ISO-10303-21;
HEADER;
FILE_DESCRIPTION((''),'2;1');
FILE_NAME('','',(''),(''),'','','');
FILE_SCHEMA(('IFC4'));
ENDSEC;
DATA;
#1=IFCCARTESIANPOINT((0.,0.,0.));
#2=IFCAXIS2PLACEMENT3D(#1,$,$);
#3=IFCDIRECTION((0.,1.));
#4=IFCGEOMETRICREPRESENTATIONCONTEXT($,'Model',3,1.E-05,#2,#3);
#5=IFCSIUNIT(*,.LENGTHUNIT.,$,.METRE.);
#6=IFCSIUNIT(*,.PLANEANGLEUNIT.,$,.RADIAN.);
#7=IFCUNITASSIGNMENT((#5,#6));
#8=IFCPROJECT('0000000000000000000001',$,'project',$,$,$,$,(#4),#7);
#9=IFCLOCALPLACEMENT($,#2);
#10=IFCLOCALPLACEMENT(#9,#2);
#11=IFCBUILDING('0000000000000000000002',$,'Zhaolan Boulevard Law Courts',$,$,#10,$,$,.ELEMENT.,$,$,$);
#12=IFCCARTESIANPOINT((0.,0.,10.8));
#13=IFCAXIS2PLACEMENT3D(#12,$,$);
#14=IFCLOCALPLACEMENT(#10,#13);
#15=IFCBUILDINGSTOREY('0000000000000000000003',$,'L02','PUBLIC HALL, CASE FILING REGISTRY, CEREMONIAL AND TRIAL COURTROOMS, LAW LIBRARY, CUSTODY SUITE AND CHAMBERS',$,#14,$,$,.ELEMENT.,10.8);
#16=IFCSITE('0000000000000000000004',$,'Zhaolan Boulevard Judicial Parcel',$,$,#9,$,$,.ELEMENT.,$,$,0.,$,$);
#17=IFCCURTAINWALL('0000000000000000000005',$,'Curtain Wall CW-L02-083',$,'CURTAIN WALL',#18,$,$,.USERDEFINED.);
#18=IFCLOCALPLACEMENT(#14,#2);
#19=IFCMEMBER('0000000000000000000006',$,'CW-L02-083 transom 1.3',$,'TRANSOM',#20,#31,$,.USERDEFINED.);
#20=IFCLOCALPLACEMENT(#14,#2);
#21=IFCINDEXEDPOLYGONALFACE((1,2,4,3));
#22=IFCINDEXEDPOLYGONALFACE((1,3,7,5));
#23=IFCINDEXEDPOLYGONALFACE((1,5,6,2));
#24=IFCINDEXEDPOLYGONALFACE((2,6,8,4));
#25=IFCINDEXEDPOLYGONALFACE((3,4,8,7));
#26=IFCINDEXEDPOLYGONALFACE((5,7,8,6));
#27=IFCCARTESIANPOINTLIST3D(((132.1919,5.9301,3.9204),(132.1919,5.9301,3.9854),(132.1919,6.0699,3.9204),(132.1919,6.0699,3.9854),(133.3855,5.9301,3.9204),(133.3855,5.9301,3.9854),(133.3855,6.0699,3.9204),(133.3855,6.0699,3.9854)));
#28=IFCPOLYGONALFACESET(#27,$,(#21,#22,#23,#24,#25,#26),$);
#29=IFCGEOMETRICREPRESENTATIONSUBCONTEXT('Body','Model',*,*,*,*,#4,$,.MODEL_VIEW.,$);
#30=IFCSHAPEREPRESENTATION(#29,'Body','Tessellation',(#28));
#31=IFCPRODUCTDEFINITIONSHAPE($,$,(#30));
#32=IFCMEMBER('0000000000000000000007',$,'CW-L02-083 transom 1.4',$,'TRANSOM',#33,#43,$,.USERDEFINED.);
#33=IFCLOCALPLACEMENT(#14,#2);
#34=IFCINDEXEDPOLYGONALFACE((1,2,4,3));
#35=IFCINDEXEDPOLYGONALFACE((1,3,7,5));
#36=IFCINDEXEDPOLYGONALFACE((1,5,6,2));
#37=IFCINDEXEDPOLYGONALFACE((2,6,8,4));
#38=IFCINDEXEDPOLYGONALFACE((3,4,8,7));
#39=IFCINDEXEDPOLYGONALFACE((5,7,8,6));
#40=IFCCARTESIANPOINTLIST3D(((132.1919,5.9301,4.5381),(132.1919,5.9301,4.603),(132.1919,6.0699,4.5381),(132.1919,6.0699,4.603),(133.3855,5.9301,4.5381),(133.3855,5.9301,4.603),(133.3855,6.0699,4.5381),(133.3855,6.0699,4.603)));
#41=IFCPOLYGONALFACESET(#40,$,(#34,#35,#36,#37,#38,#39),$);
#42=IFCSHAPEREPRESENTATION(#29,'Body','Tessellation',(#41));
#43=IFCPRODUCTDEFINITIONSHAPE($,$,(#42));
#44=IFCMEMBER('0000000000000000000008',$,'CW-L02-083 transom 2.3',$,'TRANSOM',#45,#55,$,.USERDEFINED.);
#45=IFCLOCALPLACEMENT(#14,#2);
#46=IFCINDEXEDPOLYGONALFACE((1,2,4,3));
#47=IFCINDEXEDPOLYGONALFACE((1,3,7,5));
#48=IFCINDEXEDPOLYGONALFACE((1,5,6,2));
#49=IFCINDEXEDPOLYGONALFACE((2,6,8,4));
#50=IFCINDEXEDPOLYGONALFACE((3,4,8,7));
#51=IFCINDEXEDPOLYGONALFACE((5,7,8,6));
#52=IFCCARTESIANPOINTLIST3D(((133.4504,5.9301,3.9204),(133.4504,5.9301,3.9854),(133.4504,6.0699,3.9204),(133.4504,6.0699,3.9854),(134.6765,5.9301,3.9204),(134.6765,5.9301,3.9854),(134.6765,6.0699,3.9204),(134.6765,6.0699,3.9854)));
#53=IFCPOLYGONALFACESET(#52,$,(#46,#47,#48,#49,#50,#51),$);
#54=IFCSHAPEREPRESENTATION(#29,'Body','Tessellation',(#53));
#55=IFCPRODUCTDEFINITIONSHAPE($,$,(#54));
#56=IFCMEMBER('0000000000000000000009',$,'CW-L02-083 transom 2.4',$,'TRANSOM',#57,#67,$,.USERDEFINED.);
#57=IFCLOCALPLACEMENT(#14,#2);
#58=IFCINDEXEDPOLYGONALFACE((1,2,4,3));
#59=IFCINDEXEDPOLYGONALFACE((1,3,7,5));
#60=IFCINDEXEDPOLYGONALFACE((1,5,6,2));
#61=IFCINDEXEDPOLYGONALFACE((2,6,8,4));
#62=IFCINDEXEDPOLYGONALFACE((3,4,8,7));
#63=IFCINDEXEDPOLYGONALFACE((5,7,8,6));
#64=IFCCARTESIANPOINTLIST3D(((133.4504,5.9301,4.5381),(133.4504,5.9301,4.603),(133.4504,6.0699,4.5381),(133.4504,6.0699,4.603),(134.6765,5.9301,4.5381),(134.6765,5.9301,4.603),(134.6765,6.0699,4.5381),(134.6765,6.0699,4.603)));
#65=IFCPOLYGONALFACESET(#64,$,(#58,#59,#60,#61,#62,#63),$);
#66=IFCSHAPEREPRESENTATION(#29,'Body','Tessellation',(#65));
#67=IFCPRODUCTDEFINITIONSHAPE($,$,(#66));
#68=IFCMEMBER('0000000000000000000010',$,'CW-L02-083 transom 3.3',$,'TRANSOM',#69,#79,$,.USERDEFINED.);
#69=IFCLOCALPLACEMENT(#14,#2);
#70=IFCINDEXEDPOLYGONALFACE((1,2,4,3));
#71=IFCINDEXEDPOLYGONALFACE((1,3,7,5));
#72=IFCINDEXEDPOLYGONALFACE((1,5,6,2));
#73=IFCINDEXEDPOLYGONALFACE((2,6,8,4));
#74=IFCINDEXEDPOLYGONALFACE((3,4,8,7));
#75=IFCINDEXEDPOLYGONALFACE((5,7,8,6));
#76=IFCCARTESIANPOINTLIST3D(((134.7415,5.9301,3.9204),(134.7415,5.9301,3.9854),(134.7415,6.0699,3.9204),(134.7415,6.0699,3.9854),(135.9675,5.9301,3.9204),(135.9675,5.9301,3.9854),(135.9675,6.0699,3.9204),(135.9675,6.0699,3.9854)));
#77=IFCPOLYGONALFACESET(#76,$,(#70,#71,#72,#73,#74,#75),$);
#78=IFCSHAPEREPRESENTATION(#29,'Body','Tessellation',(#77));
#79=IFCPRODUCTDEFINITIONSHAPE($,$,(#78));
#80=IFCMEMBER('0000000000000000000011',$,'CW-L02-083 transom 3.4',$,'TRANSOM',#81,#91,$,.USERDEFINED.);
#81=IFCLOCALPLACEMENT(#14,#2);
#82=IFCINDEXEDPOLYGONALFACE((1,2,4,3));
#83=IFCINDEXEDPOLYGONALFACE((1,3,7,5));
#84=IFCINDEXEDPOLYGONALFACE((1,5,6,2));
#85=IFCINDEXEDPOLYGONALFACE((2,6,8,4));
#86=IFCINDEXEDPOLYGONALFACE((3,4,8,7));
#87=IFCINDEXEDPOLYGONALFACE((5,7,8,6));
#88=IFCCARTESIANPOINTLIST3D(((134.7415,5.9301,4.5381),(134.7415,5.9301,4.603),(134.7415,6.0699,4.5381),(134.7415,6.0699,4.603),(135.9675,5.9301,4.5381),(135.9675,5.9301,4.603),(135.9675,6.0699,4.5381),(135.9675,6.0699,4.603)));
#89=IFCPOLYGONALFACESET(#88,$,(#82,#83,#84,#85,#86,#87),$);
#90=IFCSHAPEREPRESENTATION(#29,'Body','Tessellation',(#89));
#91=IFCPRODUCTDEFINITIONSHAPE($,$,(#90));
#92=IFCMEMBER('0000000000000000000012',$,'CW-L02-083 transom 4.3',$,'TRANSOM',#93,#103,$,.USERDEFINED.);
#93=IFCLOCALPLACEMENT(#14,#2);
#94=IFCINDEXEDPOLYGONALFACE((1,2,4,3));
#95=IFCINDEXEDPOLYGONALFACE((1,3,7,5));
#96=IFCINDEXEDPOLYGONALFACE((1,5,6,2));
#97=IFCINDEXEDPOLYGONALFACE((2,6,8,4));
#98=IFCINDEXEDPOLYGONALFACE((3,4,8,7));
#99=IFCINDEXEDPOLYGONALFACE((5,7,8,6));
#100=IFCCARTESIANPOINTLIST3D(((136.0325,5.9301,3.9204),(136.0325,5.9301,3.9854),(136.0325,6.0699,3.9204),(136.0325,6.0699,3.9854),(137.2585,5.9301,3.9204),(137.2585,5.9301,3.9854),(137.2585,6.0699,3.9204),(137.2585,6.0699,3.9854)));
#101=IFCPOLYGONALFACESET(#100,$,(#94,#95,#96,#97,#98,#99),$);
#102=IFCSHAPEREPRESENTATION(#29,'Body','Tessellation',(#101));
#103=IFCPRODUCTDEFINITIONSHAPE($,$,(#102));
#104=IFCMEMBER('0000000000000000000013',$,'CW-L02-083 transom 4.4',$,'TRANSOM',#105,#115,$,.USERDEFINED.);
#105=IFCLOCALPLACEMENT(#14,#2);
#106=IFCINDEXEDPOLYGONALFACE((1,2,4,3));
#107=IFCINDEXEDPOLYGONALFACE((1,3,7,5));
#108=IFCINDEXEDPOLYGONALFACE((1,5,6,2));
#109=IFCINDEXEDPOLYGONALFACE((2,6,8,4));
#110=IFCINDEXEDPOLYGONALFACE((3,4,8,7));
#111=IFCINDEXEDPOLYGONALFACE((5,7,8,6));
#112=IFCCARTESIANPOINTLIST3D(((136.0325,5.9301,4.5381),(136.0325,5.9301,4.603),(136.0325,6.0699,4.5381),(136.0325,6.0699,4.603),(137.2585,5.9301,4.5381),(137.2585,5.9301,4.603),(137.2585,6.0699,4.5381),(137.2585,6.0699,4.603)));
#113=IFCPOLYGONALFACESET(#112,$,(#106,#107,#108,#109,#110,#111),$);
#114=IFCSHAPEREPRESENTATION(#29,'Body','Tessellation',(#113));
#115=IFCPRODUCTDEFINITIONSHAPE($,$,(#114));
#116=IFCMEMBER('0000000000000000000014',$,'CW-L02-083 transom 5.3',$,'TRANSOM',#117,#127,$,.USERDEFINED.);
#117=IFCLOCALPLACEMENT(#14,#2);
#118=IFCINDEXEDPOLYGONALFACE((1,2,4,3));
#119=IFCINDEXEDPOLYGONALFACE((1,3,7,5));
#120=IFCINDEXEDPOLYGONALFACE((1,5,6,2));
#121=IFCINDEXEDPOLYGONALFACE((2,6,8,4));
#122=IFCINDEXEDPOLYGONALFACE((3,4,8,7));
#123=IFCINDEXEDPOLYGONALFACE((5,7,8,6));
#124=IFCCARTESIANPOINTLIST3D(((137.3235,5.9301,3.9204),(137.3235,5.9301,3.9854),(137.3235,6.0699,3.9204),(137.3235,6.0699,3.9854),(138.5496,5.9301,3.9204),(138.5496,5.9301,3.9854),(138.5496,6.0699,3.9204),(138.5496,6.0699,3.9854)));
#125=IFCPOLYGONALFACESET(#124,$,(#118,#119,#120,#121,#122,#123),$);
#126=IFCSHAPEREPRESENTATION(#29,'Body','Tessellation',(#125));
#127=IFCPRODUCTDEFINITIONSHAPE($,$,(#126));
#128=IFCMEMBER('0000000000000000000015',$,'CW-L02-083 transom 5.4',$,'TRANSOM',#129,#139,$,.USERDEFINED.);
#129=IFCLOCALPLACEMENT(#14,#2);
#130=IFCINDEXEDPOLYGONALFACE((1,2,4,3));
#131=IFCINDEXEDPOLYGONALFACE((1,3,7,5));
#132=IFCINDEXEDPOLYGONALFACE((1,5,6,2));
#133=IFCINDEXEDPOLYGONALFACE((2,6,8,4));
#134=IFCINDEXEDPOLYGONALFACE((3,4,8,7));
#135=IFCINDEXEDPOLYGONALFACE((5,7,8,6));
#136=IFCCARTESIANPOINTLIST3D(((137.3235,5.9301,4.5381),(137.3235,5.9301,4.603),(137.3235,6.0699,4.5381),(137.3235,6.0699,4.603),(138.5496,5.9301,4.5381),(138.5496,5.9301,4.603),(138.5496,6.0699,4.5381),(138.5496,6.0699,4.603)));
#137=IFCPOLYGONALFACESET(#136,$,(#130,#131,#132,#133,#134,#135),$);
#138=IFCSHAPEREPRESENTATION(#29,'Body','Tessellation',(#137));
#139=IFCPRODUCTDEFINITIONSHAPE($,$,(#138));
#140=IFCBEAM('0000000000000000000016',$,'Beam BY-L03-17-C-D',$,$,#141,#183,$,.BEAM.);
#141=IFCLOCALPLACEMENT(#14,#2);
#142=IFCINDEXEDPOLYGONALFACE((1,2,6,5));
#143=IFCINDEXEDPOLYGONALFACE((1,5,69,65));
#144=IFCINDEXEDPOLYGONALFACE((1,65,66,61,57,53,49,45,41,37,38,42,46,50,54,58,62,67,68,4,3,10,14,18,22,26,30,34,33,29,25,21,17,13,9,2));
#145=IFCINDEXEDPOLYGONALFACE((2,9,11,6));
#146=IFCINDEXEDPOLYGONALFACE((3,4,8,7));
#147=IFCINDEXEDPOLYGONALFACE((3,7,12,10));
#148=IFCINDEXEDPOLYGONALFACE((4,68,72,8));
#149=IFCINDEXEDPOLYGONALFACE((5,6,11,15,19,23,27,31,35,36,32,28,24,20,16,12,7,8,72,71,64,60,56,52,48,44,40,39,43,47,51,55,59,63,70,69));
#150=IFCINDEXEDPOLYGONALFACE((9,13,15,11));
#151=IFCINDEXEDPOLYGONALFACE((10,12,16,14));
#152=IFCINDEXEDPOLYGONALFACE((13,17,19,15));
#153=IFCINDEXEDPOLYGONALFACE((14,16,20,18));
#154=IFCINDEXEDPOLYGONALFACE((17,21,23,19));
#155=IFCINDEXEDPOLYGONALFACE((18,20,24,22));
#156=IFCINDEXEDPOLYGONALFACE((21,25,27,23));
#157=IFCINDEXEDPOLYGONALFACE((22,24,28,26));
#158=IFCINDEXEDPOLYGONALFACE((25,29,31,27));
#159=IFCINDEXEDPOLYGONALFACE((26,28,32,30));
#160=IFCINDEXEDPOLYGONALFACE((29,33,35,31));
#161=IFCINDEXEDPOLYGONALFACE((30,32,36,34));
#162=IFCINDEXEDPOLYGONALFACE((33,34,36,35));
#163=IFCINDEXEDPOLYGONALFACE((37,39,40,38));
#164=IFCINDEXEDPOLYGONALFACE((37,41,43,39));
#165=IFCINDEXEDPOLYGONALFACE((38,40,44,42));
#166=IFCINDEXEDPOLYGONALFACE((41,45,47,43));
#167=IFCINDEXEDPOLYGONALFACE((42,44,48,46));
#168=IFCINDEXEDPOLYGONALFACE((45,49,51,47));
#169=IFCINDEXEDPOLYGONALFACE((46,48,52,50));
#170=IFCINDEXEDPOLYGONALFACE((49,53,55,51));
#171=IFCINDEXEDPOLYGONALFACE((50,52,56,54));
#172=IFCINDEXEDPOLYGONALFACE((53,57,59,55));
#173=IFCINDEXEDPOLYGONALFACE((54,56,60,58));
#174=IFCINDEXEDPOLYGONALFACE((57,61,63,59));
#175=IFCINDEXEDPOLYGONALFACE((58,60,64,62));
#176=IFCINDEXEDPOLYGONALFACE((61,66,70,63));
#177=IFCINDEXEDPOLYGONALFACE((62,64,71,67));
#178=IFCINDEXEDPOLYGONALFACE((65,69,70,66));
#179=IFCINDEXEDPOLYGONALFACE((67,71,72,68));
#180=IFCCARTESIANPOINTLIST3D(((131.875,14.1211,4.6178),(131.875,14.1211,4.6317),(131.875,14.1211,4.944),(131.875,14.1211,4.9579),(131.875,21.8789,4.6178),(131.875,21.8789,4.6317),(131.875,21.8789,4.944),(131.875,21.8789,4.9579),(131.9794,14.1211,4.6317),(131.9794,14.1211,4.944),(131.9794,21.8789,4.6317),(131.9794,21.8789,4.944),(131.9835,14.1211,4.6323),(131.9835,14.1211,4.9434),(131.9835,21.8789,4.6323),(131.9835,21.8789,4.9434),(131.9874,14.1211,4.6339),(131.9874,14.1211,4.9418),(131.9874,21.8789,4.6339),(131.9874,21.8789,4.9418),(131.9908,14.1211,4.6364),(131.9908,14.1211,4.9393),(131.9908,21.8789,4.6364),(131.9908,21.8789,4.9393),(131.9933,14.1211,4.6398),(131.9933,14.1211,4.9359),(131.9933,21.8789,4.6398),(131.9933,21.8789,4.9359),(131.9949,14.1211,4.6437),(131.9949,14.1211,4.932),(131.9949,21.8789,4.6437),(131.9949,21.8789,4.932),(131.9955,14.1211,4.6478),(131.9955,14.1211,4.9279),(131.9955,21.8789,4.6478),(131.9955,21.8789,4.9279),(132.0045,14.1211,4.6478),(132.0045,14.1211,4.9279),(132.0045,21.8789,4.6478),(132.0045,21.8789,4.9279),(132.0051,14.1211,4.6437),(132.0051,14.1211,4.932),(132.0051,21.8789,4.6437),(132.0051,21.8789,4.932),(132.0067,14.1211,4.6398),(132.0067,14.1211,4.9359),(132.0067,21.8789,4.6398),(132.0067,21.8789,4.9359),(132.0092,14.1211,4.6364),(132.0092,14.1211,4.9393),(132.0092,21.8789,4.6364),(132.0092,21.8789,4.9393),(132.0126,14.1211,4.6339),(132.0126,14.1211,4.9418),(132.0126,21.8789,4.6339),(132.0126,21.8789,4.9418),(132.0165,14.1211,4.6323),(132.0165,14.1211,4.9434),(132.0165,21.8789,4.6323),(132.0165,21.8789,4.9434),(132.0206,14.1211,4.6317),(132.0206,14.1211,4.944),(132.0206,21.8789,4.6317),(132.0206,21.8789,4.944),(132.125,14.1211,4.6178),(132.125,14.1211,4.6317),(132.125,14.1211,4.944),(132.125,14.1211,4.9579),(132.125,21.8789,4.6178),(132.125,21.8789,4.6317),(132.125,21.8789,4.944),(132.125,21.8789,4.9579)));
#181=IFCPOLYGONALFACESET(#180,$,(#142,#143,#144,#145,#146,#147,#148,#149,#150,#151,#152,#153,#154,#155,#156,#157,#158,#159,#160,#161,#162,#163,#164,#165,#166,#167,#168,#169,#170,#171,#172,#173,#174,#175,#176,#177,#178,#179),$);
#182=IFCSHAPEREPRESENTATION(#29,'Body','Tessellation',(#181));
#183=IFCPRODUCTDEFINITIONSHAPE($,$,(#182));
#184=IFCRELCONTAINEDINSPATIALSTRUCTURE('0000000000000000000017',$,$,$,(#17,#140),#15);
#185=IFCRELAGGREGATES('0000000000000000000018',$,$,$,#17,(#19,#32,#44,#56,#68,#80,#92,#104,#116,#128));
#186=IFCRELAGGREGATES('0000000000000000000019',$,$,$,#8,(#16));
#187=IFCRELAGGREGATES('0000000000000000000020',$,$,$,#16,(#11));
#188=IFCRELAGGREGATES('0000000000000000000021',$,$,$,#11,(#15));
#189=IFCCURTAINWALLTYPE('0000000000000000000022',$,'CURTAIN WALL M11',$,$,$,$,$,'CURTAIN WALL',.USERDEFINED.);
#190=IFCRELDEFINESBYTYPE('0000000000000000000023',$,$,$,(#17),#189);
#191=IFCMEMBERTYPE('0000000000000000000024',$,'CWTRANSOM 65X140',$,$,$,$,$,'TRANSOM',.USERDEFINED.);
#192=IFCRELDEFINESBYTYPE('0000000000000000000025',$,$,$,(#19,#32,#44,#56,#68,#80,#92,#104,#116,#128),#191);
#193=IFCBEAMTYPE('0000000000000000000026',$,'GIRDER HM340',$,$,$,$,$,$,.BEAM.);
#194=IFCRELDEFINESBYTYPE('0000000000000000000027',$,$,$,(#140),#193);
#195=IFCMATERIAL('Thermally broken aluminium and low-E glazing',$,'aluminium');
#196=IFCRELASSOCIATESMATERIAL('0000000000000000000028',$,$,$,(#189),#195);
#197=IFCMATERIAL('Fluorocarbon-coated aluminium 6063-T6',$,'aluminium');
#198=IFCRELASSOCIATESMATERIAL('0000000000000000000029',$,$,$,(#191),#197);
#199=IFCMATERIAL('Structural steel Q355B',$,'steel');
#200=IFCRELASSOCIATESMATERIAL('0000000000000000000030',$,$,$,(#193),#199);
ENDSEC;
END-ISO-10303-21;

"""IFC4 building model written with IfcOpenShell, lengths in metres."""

from ifc_helpers import new_model, si_unit, direction, frame, origin, origin_2d, place, context, subcontext, project, spatial, rectangle, i_section, extrude, material, material_profile, profile_set, type_object, element, aggregate, save


model = new_model("IFC4")

# Units and contexts
model_context = context("Model", 3, precision=1e-05, world=origin(), true_north=direction((0.0, 1.0)))
body_context = subcontext(model_context, "Body", "Model", "MODEL_VIEW")
ifc_project = project(units=[si_unit("LENGTHUNIT", "METRE"), si_unit("PLANEANGLEUNIT", "RADIAN")], contexts=[model_context])

# Site, building, storey
site_placement = place(None, origin())
site = spatial("IfcSite", under=ifc_project, at=site_placement, Name="Zhaolan Boulevard Judicial Parcel", CompositionType="ELEMENT", RefElevation=0.0)
building_placement = place(site_placement, origin())
building = spatial("IfcBuilding", under=site, at=building_placement, Name="Zhaolan Boulevard Law Courts", CompositionType="ELEMENT")
storey_placement = place(building_placement, frame((0.0, 0.0, 10.8)))
storey = spatial("IfcBuildingStorey", under=building, at=storey_placement, Name="L02", Description="PUBLIC HALL, CASE FILING REGISTRY, CEREMONIAL AND TRIAL COURTROOMS, LAW LIBRARY, CUSTODY SUITE AND CHAMBERS", CompositionType="ELEMENT", Elevation=10.8)

# Curtain wall, members
ifc_material_1 = material(Name="Thermally broken aluminium and low-E glazing", Category="aluminium")
curtain_wall_type = type_object("IfcCurtainWallType", Name="CURTAIN WALL M11", ElementType="CURTAIN WALL", PredefinedType="USERDEFINED", material=ifc_material_1)
curtain_wall_placement = place(storey_placement, origin())
curtain_wall = element("IfcCurtainWall", 1, at=curtain_wall_placement, inside=storey, type_object=curtain_wall_type, Name="Curtain Wall CW-L02-083", ObjectType="CURTAIN WALL", PredefinedType="USERDEFINED")
ifc_material_2 = material(Name="Fluorocarbon-coated aluminium 6063-T6", Category="aluminium")
ifc_material_profile_1 = material_profile(ifc_material_2, rectangle(XDim=0.1399, YDim=0.0649, at=origin_2d()), Name="AL65x140")
ifc_profile_set_1 = profile_set([ifc_material_profile_1], Name="Fluorocarbon-coated aluminium 6063-T6")
member_type = type_object("IfcMemberType", Name="CWTRANSOM 65X140", ElementType="TRANSOM", PredefinedType="USERDEFINED", material=ifc_profile_set_1)
member_1_placement = place(storey_placement, frame((132.1919, 6.0, 3.9529), z_axis=(1.0, 0.0, 0.0), x_axis=(0.0, 1.0, 0.0)))
member_1 = element("IfcMember", 2, at=member_1_placement, type_object=member_type, Name="CW-L02-083 transom 1.3", ObjectType="TRANSOM", PredefinedType="USERDEFINED", context=body_context, shape_type="SweptSolid", body=[
    extrude(rectangle(XDim=0.1399, YDim=0.0649, at=origin_2d()), origin(), (0.0, 0.0, 1.0), 1.1936),
])
member_2_placement = place(storey_placement, frame((132.1919, 6.0, 4.5706), z_axis=(1.0, 0.0, 0.0), x_axis=(0.0, 1.0, 0.0)))
member_2 = element("IfcMember", 3, at=member_2_placement, type_object=member_type, Name="CW-L02-083 transom 1.4", ObjectType="TRANSOM", PredefinedType="USERDEFINED", context=body_context, shape_type="SweptSolid", body=[
    extrude(rectangle(XDim=0.1399, YDim=0.0649, at=origin_2d()), origin(), (0.0, 0.0, 1.0), 1.1936),
])
member_3_placement = place(storey_placement, frame((133.4504, 6.0, 3.9529), z_axis=(1.0, 0.0, 0.0), x_axis=(0.0, 1.0, 0.0)))
member_3 = element("IfcMember", 4, at=member_3_placement, type_object=member_type, Name="CW-L02-083 transom 2.3", ObjectType="TRANSOM", PredefinedType="USERDEFINED", context=body_context, shape_type="SweptSolid", body=[
    extrude(rectangle(XDim=0.1399, YDim=0.0649, at=origin_2d()), origin(), (0.0, 0.0, 1.0), 1.2261),
])
member_4_placement = place(storey_placement, frame((133.4504, 6.0, 4.5706), z_axis=(1.0, 0.0, 0.0), x_axis=(0.0, 1.0, 0.0)))
member_4 = element("IfcMember", 5, at=member_4_placement, type_object=member_type, Name="CW-L02-083 transom 2.4", ObjectType="TRANSOM", PredefinedType="USERDEFINED", context=body_context, shape_type="SweptSolid", body=[
    extrude(rectangle(XDim=0.1399, YDim=0.0649, at=origin_2d()), origin(), (0.0, 0.0, 1.0), 1.2261),
])
member_5_placement = place(storey_placement, frame((134.7415, 6.0, 3.9529), z_axis=(1.0, 0.0, 0.0), x_axis=(0.0, 1.0, 0.0)))
member_5 = element("IfcMember", 6, at=member_5_placement, type_object=member_type, Name="CW-L02-083 transom 3.3", ObjectType="TRANSOM", PredefinedType="USERDEFINED", context=body_context, shape_type="SweptSolid", body=[
    extrude(rectangle(XDim=0.1399, YDim=0.0649, at=origin_2d()), origin(), (0.0, 0.0, 1.0), 1.2261),
])
member_6_placement = place(storey_placement, frame((134.7415, 6.0, 4.5706), z_axis=(1.0, 0.0, 0.0), x_axis=(0.0, 1.0, 0.0)))
member_6 = element("IfcMember", 7, at=member_6_placement, type_object=member_type, Name="CW-L02-083 transom 3.4", ObjectType="TRANSOM", PredefinedType="USERDEFINED", context=body_context, shape_type="SweptSolid", body=[
    extrude(rectangle(XDim=0.1399, YDim=0.0649, at=origin_2d()), origin(), (0.0, 0.0, 1.0), 1.2261),
])
member_7_placement = place(storey_placement, frame((136.0325, 6.0, 3.9529), z_axis=(1.0, 0.0, 0.0), x_axis=(0.0, 1.0, 0.0)))
member_7 = element("IfcMember", 8, at=member_7_placement, type_object=member_type, Name="CW-L02-083 transom 4.3", ObjectType="TRANSOM", PredefinedType="USERDEFINED", context=body_context, shape_type="SweptSolid", body=[
    extrude(rectangle(XDim=0.1399, YDim=0.0649, at=origin_2d()), origin(), (0.0, 0.0, 1.0), 1.2261),
])
member_8_placement = place(storey_placement, frame((136.0325, 6.0, 4.5706), z_axis=(1.0, 0.0, 0.0), x_axis=(0.0, 1.0, 0.0)))
member_8 = element("IfcMember", 9, at=member_8_placement, type_object=member_type, Name="CW-L02-083 transom 4.4", ObjectType="TRANSOM", PredefinedType="USERDEFINED", context=body_context, shape_type="SweptSolid", body=[
    extrude(rectangle(XDim=0.1399, YDim=0.0649, at=origin_2d()), origin(), (0.0, 0.0, 1.0), 1.2261),
])
member_9_placement = place(storey_placement, frame((137.3235, 6.0, 3.9529), z_axis=(1.0, 0.0, 0.0), x_axis=(0.0, 1.0, 0.0)))
member_9 = element("IfcMember", 10, at=member_9_placement, type_object=member_type, Name="CW-L02-083 transom 5.3", ObjectType="TRANSOM", PredefinedType="USERDEFINED", context=body_context, shape_type="SweptSolid", body=[
    extrude(rectangle(XDim=0.1399, YDim=0.0649, at=origin_2d()), origin(), (0.0, 0.0, 1.0), 1.2261),
])
member_10_placement = place(storey_placement, frame((137.3235, 6.0, 4.5706), z_axis=(1.0, 0.0, 0.0), x_axis=(0.0, 1.0, 0.0)))
member_10 = element("IfcMember", 11, at=member_10_placement, type_object=member_type, Name="CW-L02-083 transom 5.4", ObjectType="TRANSOM", PredefinedType="USERDEFINED", context=body_context, shape_type="SweptSolid", body=[
    extrude(rectangle(XDim=0.1399, YDim=0.0649, at=origin_2d()), origin(), (0.0, 0.0, 1.0), 1.2261),
])

# Beam
ifc_material_3 = material(Name="Structural steel Q355B", Category="steel")
ifc_material_profile_2 = material_profile(ifc_material_3, i_section(OverallWidth=0.25, OverallDepth=0.3401, WebThickness=0.009, FlangeThickness=0.0139, FilletRadius=0.0161, at=origin_2d()), Name="HM340x250")
ifc_profile_set_2 = profile_set([ifc_material_profile_2], Name="Structural steel Q355B")
beam_type_1 = type_object("IfcBeamType", Name="GIRDER HM340", PredefinedType="BEAM", material=ifc_profile_set_2)
beam_1_placement = place(storey_placement, frame((132.0, 14.1211, 4.7878), z_axis=(0.0, 1.0, 0.0), x_axis=(-1.0, 0.0, 0.0)))
element("IfcBeam", 12, at=beam_1_placement, inside=storey, type_object=beam_type_1, Name="Beam BY-L03-17-C-D", PredefinedType="BEAM", context=body_context, shape_type="SweptSolid", body=[
    extrude(i_section(OverallWidth=0.25, OverallDepth=0.3401, WebThickness=0.009, FlangeThickness=0.0139, FilletRadius=0.0161, at=origin_2d()), origin(), (0.0, 0.0, 1.0), 7.7578),
])

aggregate(curtain_wall, [member_1, member_2, member_3, member_4, member_5, member_6, member_7, member_8, member_9, member_10])

save(model, "model.ifc")
